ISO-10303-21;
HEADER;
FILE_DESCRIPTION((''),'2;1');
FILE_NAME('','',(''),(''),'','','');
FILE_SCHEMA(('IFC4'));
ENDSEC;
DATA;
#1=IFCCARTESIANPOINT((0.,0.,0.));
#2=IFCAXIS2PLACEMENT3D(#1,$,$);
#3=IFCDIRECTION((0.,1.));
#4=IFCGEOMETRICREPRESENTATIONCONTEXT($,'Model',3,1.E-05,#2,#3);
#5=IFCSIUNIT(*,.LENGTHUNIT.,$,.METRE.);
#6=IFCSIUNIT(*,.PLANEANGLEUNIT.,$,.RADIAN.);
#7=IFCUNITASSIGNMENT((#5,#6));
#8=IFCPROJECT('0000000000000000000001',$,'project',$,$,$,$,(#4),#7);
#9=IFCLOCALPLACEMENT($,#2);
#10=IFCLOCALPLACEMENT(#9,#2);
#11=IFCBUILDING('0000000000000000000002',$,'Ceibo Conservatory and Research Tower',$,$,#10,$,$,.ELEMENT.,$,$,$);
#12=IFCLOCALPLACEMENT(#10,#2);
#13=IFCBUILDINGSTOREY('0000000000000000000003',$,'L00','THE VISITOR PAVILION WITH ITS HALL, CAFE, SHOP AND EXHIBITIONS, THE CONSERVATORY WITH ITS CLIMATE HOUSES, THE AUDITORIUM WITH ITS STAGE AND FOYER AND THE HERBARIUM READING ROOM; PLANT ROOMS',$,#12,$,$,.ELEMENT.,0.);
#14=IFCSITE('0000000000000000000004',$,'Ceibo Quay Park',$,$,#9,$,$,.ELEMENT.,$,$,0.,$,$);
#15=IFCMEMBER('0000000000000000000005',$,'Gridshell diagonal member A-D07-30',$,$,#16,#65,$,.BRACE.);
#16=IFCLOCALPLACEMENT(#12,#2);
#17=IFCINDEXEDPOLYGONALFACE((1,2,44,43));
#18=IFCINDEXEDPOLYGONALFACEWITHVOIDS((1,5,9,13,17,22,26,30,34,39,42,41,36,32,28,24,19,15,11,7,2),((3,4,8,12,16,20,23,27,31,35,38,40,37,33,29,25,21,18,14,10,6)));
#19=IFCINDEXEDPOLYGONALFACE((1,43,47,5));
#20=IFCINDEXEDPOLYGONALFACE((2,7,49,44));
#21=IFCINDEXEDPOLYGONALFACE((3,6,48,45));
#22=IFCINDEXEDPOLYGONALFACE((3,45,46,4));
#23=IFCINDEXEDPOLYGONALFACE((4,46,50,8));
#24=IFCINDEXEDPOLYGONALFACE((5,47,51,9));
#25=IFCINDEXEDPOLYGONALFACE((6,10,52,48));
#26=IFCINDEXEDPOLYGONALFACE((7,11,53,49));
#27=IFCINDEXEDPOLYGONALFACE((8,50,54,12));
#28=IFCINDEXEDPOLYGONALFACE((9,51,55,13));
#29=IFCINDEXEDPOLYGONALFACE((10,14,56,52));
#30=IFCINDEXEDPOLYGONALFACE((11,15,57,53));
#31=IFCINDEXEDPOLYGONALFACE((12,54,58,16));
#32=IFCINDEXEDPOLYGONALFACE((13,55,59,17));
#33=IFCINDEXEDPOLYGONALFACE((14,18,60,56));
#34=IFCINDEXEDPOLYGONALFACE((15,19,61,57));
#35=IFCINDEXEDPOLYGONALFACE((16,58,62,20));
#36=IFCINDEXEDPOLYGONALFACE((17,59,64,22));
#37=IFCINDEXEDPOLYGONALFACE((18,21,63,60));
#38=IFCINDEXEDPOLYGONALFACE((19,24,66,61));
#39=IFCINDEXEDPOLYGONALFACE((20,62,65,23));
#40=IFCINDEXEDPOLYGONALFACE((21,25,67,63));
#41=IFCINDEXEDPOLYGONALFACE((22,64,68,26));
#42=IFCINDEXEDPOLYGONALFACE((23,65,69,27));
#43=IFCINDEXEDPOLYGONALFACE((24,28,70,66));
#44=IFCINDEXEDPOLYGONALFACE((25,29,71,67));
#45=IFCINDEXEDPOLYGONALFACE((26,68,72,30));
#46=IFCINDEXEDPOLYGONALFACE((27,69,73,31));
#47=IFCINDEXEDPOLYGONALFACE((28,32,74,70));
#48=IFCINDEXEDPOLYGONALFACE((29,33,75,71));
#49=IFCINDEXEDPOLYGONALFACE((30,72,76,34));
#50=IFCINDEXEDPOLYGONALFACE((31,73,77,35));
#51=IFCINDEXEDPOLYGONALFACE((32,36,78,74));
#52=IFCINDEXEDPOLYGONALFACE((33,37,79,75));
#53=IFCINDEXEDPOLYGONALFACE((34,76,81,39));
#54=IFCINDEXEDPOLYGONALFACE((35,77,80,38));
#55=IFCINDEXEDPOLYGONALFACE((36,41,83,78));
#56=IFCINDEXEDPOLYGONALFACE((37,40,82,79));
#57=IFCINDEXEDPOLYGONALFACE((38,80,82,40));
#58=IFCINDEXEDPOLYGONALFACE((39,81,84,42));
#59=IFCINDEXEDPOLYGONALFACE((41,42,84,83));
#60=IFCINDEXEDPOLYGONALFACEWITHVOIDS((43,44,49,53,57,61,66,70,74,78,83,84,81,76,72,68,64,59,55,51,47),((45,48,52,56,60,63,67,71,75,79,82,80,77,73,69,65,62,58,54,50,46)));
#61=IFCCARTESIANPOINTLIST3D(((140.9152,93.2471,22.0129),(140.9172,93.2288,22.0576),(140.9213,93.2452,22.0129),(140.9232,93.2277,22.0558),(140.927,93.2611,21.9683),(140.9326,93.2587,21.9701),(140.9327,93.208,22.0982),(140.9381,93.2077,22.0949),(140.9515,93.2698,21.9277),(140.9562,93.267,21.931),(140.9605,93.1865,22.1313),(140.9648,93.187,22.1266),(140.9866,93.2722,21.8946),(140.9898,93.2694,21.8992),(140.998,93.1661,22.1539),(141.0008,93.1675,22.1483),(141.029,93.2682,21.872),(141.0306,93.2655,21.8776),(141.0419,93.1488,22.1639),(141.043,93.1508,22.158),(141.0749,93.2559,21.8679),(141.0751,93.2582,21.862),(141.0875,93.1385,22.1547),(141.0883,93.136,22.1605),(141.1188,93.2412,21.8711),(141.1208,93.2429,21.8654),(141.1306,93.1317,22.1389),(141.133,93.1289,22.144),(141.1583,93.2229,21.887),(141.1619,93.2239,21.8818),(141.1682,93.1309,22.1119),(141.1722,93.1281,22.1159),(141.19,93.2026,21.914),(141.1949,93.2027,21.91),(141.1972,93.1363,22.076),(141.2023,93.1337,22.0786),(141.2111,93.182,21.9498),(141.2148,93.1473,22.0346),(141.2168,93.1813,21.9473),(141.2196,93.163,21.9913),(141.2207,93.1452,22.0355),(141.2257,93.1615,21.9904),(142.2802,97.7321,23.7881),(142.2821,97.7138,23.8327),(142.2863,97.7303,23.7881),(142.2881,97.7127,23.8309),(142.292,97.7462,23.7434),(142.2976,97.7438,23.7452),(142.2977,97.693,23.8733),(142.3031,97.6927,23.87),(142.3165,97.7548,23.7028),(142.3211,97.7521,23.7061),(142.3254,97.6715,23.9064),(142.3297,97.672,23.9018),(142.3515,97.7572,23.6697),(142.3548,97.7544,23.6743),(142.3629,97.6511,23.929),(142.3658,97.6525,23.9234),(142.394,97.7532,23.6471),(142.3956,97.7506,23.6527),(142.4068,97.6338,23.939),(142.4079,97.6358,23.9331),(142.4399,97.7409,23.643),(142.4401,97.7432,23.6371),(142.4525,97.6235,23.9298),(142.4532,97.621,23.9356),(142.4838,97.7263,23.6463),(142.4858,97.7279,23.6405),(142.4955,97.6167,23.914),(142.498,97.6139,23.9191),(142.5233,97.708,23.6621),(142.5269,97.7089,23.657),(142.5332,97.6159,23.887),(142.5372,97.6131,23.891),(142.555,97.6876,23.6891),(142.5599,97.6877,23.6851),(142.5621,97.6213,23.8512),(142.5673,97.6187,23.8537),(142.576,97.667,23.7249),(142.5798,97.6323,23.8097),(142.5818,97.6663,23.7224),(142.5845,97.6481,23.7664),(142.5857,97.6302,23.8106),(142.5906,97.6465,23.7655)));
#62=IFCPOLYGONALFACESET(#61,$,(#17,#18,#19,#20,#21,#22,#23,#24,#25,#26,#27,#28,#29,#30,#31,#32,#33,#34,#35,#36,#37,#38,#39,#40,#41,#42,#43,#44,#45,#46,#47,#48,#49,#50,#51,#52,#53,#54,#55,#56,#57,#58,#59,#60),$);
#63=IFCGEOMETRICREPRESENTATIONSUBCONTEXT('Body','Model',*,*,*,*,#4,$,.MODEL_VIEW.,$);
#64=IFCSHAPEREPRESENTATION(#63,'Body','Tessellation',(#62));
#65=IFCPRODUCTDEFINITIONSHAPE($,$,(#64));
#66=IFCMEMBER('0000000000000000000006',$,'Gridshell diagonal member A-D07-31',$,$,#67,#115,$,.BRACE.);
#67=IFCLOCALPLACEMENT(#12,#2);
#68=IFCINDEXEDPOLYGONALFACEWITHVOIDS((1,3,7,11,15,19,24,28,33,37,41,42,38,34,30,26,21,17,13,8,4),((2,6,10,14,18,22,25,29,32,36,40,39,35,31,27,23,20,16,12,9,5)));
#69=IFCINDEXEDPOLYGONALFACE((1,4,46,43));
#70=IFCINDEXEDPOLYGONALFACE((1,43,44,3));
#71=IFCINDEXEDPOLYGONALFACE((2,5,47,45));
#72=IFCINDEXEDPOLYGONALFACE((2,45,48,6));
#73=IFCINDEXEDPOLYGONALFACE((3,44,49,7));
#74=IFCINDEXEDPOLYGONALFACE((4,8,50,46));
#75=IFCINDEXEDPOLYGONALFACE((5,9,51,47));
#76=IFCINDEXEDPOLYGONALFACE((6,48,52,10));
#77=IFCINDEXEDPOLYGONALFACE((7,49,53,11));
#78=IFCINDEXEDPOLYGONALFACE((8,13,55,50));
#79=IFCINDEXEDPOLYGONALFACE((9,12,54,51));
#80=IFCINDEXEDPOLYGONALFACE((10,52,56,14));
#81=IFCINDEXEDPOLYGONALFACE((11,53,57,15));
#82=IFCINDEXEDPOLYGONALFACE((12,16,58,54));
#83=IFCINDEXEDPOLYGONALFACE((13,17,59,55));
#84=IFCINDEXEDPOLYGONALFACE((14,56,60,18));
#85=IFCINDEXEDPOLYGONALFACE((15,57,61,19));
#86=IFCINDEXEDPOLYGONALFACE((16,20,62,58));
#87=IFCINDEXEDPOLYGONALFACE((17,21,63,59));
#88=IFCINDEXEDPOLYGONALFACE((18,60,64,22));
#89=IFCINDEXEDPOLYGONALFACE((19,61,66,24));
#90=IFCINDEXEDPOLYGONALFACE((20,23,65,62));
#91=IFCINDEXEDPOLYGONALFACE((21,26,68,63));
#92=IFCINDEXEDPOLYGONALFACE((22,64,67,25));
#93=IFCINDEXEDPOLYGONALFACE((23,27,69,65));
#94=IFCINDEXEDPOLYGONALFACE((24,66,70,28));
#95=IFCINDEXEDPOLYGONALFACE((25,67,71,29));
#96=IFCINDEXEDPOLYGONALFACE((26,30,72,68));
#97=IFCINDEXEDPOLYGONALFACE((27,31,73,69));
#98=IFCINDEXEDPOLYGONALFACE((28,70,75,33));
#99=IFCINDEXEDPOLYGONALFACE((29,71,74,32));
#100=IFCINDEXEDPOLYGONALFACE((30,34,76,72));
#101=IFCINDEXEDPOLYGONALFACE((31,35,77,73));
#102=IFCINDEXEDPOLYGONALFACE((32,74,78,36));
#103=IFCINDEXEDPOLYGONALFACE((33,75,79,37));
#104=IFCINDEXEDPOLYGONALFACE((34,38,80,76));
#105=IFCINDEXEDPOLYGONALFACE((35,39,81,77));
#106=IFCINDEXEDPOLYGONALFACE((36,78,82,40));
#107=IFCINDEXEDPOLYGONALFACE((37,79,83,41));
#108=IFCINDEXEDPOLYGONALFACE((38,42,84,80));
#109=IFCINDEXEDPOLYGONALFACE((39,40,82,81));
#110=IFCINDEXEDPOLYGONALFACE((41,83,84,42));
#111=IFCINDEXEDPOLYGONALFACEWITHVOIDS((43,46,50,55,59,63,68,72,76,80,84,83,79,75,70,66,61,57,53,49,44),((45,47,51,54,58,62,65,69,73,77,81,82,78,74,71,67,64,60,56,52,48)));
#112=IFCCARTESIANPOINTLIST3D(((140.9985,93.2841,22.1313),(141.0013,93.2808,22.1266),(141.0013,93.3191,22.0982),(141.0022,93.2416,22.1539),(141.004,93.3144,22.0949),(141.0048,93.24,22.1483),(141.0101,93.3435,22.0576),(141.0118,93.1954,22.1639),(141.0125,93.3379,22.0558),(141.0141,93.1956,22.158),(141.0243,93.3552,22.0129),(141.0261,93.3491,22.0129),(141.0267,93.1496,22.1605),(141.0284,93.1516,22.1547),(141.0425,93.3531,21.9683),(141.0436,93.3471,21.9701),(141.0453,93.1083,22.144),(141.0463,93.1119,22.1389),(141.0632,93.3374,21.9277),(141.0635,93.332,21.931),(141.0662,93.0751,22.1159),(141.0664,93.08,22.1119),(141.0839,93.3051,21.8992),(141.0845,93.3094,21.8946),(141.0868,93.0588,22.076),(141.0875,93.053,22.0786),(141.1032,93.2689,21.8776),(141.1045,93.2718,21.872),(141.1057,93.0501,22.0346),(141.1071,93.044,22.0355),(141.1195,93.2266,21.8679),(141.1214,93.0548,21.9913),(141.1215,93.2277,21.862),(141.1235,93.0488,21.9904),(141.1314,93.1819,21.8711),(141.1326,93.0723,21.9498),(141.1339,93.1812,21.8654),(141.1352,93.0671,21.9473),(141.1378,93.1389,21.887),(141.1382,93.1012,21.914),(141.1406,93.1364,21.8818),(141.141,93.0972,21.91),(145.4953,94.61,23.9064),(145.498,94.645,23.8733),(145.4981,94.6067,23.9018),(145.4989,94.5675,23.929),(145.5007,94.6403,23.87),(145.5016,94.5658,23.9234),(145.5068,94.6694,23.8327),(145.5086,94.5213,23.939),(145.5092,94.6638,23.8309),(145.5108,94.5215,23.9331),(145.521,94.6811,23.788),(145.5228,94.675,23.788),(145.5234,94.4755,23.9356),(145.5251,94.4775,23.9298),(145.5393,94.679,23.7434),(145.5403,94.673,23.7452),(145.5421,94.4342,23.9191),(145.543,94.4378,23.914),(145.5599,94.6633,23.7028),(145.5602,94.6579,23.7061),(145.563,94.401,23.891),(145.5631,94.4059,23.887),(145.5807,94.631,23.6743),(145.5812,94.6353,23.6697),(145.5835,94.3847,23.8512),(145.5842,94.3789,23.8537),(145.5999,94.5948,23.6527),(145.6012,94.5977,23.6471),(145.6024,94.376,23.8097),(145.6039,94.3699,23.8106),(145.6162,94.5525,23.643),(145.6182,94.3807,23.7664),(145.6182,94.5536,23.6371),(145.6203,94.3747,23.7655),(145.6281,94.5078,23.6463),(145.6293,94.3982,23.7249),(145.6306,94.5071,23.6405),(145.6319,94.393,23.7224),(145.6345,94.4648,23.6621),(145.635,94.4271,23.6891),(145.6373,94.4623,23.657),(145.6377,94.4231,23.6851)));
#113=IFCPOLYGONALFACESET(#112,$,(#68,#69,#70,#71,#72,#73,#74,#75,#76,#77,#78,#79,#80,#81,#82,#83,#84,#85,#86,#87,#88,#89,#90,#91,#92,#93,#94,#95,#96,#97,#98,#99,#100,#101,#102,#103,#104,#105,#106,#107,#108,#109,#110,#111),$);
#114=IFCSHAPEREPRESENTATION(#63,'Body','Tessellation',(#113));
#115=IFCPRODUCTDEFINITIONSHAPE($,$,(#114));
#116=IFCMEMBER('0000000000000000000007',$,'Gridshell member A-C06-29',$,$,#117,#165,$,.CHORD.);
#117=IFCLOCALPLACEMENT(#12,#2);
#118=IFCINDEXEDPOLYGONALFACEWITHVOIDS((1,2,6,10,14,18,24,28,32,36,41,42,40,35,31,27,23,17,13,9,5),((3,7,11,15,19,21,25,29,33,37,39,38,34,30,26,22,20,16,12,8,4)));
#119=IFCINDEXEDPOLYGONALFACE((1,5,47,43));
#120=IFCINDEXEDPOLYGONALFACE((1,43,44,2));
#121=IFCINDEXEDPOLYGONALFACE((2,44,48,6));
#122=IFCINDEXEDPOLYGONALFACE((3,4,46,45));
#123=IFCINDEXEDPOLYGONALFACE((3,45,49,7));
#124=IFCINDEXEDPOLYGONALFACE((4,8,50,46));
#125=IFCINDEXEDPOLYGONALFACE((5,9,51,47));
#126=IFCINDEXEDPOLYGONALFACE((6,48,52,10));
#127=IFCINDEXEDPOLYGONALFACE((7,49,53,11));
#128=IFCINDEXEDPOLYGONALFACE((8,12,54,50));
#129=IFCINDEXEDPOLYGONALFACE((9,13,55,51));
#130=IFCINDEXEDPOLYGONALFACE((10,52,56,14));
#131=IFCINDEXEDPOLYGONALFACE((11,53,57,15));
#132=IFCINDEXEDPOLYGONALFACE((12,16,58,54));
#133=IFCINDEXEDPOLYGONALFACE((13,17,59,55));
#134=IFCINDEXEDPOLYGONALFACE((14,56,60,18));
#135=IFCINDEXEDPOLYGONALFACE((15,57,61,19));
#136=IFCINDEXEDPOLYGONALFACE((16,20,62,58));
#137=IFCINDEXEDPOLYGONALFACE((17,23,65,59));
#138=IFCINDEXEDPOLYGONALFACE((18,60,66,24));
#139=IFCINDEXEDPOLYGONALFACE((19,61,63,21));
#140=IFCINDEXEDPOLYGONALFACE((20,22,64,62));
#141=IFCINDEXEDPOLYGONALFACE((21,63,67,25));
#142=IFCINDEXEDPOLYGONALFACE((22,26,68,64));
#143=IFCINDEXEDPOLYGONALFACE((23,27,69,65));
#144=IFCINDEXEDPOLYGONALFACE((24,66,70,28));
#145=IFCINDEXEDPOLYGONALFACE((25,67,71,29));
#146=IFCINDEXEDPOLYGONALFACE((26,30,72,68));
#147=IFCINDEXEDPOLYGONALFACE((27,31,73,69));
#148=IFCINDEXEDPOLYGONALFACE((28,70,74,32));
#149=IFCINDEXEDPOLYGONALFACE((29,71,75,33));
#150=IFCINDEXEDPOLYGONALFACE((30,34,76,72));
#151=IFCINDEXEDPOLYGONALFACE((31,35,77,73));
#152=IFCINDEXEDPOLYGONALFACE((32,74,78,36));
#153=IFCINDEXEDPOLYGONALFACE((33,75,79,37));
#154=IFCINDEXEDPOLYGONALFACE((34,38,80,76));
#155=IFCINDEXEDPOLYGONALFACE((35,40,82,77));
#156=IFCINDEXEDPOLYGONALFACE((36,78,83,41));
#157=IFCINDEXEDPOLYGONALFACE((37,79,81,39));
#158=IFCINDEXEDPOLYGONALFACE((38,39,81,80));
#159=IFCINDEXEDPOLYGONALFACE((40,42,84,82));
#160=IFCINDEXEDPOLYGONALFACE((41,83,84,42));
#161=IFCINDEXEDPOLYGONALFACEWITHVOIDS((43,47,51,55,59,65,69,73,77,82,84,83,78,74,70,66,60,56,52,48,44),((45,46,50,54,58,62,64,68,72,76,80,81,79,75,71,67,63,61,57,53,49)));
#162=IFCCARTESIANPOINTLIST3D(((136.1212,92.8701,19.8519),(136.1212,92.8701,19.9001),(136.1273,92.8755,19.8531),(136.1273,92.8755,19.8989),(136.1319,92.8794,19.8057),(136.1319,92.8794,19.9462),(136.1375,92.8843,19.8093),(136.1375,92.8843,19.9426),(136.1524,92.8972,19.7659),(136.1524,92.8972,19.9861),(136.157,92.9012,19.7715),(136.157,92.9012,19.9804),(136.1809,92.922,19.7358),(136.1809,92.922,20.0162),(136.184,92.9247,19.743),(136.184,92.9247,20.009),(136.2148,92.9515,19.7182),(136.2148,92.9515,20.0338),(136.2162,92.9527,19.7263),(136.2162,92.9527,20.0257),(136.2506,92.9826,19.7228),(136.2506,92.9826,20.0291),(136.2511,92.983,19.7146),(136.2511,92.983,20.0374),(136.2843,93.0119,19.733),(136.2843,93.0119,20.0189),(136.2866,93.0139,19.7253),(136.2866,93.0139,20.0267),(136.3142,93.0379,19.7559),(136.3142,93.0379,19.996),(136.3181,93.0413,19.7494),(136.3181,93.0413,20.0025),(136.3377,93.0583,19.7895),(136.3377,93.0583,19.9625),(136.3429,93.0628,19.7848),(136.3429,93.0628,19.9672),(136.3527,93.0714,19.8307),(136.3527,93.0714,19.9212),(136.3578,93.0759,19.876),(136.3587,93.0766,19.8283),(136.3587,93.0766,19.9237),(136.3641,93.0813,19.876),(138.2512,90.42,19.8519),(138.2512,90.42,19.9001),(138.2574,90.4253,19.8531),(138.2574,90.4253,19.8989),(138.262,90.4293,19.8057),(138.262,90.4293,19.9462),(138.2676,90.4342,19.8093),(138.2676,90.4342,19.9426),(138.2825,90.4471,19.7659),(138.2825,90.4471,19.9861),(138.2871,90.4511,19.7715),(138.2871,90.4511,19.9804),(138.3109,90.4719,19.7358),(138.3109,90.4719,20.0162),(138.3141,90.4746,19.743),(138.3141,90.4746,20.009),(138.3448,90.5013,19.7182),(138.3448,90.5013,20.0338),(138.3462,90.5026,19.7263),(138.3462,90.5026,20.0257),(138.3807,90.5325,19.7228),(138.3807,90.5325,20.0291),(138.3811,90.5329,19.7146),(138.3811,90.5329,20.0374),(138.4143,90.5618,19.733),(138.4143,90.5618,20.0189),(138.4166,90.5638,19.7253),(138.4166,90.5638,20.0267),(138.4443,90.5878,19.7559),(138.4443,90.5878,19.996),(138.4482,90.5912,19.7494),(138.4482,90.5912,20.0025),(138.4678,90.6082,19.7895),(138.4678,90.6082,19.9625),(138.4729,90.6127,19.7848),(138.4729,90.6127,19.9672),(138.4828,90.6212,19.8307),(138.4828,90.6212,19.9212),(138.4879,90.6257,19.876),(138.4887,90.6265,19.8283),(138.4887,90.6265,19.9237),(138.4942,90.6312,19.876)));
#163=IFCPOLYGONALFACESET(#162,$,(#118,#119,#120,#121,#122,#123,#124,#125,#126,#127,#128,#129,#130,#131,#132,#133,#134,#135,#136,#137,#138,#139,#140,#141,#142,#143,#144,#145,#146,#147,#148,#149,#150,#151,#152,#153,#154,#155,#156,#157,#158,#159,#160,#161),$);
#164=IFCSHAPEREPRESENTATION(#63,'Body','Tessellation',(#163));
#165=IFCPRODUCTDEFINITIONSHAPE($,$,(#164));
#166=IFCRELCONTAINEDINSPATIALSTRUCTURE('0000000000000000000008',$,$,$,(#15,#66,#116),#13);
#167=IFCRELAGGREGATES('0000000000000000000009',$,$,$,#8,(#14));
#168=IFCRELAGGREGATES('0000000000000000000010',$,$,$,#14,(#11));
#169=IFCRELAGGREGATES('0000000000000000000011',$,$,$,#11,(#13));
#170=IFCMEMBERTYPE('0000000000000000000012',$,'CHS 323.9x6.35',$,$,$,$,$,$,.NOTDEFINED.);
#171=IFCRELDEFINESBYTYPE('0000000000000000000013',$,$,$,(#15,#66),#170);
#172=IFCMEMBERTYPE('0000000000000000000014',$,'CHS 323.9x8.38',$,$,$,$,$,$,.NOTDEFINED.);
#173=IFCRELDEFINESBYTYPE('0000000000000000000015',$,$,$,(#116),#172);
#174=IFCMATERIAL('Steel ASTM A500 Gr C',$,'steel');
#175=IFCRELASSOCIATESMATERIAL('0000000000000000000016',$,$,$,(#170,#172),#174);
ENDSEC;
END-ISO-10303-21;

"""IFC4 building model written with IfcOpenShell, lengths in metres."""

from ifc_helpers import new_model, si_unit, direction, frame, origin, origin_2d, place, context, subcontext, project, spatial, hollow_circle, extrude, material, material_profile, profile_set, type_object, element, save


model = new_model("IFC4")

# Units and contexts
model_context = context("Model", 3, precision=1e-05, world=origin(), true_north=direction((0.0, 1.0)))
body_context = subcontext(model_context, "Body", "Model", "MODEL_VIEW")
ifc_project = project(units=[si_unit("LENGTHUNIT", "METRE"), si_unit("PLANEANGLEUNIT", "RADIAN")], contexts=[model_context])

# Site, building, storey
site_placement = place(None, origin())
site = spatial("IfcSite", under=ifc_project, at=site_placement, Name="Ceibo Quay Park", CompositionType="ELEMENT", RefElevation=0.0)
building_placement = place(site_placement, origin())
building = spatial("IfcBuilding", under=site, at=building_placement, Name="Ceibo Conservatory and Research Tower", CompositionType="ELEMENT")
storey_placement = place(building_placement, origin())
storey = spatial("IfcBuildingStorey", under=building, at=storey_placement, Name="L00", Description="THE VISITOR PAVILION WITH ITS HALL, CAFE, SHOP AND EXHIBITIONS, THE CONSERVATORY WITH ITS CLIMATE HOUSES, THE AUDITORIUM WITH ITS STAGE AND FOYER AND THE HERBARIUM READING ROOM; PLANT ROOMS", CompositionType="ELEMENT", Elevation=0.0)

# Members
ifc_material_1 = material(Name="Steel ASTM A500 Gr C", Category="steel")
ifc_material_profile_1 = material_profile(ifc_material_1, hollow_circle(Radius=0.1619, WallThickness=0.0063, at=origin_2d()), Name="CHS 323.9x6.35")
ifc_profile_set_1 = profile_set([ifc_material_profile_1], Name="Steel ASTM A500 Gr C")
member_type_1 = type_object("IfcMemberType", Name="CHS 323.9x6.35", PredefinedType="NOTDEFINED", material=ifc_profile_set_1)
for number, where, z_axis, x_axis, name in (
    (1, (141.0701, 93.2, 22.0129), (0.272288, 0.894689, 0.354106), (-0.956676, 0.291153, 0.0), "Gridshell diagonal member A-D07-30"),
    (2, (141.0701, 93.2, 22.0129), (0.897024, 0.264495, 0.354105), (-0.28282, 0.959173, 0.0), "Gridshell diagonal member A-D07-31"),
):
    element("IfcMember", number, at=place(storey_placement, frame(where, z_axis=z_axis, x_axis=x_axis)), inside=storey, type_object=member_type_1, Name=name, PredefinedType="BRACE", context=body_context, shape_type="SweptSolid", body=[
        extrude(hollow_circle(Radius=0.1619, WallThickness=0.0063, at=origin_2d()), origin(), (0.0, 0.0, 1.0), 5.0129),
    ])
ifc_material_profile_2 = material_profile(ifc_material_1, hollow_circle(Radius=0.1619, WallThickness=0.0083, at=origin_2d()), Name="CHS 323.9x8.38")
ifc_profile_set_2 = profile_set([ifc_material_profile_2], Name="Steel ASTM A500 Gr C")
member_type_2 = type_object("IfcMemberType", Name="CHS 323.9x8.38", PredefinedType="NOTDEFINED", material=ifc_profile_set_2)
member_1_placement = place(storey_placement, frame((136.2419, 92.9751, 19.876), z_axis=(0.656095, -0.754678, 0.0), x_axis=(0.754678, 0.656095, 0.0)))
element("IfcMember", 3, at=member_1_placement, inside=storey, type_object=member_type_2, Name="Gridshell member A-C06-29", PredefinedType="CHORD", context=body_context, shape_type="SweptSolid", body=[
    extrude(hollow_circle(Radius=0.1619, WallThickness=0.0083, at=origin_2d()), origin(), (0.0, 0.0, 1.0), 3.2466),
])

save(model, "model.ifc")
